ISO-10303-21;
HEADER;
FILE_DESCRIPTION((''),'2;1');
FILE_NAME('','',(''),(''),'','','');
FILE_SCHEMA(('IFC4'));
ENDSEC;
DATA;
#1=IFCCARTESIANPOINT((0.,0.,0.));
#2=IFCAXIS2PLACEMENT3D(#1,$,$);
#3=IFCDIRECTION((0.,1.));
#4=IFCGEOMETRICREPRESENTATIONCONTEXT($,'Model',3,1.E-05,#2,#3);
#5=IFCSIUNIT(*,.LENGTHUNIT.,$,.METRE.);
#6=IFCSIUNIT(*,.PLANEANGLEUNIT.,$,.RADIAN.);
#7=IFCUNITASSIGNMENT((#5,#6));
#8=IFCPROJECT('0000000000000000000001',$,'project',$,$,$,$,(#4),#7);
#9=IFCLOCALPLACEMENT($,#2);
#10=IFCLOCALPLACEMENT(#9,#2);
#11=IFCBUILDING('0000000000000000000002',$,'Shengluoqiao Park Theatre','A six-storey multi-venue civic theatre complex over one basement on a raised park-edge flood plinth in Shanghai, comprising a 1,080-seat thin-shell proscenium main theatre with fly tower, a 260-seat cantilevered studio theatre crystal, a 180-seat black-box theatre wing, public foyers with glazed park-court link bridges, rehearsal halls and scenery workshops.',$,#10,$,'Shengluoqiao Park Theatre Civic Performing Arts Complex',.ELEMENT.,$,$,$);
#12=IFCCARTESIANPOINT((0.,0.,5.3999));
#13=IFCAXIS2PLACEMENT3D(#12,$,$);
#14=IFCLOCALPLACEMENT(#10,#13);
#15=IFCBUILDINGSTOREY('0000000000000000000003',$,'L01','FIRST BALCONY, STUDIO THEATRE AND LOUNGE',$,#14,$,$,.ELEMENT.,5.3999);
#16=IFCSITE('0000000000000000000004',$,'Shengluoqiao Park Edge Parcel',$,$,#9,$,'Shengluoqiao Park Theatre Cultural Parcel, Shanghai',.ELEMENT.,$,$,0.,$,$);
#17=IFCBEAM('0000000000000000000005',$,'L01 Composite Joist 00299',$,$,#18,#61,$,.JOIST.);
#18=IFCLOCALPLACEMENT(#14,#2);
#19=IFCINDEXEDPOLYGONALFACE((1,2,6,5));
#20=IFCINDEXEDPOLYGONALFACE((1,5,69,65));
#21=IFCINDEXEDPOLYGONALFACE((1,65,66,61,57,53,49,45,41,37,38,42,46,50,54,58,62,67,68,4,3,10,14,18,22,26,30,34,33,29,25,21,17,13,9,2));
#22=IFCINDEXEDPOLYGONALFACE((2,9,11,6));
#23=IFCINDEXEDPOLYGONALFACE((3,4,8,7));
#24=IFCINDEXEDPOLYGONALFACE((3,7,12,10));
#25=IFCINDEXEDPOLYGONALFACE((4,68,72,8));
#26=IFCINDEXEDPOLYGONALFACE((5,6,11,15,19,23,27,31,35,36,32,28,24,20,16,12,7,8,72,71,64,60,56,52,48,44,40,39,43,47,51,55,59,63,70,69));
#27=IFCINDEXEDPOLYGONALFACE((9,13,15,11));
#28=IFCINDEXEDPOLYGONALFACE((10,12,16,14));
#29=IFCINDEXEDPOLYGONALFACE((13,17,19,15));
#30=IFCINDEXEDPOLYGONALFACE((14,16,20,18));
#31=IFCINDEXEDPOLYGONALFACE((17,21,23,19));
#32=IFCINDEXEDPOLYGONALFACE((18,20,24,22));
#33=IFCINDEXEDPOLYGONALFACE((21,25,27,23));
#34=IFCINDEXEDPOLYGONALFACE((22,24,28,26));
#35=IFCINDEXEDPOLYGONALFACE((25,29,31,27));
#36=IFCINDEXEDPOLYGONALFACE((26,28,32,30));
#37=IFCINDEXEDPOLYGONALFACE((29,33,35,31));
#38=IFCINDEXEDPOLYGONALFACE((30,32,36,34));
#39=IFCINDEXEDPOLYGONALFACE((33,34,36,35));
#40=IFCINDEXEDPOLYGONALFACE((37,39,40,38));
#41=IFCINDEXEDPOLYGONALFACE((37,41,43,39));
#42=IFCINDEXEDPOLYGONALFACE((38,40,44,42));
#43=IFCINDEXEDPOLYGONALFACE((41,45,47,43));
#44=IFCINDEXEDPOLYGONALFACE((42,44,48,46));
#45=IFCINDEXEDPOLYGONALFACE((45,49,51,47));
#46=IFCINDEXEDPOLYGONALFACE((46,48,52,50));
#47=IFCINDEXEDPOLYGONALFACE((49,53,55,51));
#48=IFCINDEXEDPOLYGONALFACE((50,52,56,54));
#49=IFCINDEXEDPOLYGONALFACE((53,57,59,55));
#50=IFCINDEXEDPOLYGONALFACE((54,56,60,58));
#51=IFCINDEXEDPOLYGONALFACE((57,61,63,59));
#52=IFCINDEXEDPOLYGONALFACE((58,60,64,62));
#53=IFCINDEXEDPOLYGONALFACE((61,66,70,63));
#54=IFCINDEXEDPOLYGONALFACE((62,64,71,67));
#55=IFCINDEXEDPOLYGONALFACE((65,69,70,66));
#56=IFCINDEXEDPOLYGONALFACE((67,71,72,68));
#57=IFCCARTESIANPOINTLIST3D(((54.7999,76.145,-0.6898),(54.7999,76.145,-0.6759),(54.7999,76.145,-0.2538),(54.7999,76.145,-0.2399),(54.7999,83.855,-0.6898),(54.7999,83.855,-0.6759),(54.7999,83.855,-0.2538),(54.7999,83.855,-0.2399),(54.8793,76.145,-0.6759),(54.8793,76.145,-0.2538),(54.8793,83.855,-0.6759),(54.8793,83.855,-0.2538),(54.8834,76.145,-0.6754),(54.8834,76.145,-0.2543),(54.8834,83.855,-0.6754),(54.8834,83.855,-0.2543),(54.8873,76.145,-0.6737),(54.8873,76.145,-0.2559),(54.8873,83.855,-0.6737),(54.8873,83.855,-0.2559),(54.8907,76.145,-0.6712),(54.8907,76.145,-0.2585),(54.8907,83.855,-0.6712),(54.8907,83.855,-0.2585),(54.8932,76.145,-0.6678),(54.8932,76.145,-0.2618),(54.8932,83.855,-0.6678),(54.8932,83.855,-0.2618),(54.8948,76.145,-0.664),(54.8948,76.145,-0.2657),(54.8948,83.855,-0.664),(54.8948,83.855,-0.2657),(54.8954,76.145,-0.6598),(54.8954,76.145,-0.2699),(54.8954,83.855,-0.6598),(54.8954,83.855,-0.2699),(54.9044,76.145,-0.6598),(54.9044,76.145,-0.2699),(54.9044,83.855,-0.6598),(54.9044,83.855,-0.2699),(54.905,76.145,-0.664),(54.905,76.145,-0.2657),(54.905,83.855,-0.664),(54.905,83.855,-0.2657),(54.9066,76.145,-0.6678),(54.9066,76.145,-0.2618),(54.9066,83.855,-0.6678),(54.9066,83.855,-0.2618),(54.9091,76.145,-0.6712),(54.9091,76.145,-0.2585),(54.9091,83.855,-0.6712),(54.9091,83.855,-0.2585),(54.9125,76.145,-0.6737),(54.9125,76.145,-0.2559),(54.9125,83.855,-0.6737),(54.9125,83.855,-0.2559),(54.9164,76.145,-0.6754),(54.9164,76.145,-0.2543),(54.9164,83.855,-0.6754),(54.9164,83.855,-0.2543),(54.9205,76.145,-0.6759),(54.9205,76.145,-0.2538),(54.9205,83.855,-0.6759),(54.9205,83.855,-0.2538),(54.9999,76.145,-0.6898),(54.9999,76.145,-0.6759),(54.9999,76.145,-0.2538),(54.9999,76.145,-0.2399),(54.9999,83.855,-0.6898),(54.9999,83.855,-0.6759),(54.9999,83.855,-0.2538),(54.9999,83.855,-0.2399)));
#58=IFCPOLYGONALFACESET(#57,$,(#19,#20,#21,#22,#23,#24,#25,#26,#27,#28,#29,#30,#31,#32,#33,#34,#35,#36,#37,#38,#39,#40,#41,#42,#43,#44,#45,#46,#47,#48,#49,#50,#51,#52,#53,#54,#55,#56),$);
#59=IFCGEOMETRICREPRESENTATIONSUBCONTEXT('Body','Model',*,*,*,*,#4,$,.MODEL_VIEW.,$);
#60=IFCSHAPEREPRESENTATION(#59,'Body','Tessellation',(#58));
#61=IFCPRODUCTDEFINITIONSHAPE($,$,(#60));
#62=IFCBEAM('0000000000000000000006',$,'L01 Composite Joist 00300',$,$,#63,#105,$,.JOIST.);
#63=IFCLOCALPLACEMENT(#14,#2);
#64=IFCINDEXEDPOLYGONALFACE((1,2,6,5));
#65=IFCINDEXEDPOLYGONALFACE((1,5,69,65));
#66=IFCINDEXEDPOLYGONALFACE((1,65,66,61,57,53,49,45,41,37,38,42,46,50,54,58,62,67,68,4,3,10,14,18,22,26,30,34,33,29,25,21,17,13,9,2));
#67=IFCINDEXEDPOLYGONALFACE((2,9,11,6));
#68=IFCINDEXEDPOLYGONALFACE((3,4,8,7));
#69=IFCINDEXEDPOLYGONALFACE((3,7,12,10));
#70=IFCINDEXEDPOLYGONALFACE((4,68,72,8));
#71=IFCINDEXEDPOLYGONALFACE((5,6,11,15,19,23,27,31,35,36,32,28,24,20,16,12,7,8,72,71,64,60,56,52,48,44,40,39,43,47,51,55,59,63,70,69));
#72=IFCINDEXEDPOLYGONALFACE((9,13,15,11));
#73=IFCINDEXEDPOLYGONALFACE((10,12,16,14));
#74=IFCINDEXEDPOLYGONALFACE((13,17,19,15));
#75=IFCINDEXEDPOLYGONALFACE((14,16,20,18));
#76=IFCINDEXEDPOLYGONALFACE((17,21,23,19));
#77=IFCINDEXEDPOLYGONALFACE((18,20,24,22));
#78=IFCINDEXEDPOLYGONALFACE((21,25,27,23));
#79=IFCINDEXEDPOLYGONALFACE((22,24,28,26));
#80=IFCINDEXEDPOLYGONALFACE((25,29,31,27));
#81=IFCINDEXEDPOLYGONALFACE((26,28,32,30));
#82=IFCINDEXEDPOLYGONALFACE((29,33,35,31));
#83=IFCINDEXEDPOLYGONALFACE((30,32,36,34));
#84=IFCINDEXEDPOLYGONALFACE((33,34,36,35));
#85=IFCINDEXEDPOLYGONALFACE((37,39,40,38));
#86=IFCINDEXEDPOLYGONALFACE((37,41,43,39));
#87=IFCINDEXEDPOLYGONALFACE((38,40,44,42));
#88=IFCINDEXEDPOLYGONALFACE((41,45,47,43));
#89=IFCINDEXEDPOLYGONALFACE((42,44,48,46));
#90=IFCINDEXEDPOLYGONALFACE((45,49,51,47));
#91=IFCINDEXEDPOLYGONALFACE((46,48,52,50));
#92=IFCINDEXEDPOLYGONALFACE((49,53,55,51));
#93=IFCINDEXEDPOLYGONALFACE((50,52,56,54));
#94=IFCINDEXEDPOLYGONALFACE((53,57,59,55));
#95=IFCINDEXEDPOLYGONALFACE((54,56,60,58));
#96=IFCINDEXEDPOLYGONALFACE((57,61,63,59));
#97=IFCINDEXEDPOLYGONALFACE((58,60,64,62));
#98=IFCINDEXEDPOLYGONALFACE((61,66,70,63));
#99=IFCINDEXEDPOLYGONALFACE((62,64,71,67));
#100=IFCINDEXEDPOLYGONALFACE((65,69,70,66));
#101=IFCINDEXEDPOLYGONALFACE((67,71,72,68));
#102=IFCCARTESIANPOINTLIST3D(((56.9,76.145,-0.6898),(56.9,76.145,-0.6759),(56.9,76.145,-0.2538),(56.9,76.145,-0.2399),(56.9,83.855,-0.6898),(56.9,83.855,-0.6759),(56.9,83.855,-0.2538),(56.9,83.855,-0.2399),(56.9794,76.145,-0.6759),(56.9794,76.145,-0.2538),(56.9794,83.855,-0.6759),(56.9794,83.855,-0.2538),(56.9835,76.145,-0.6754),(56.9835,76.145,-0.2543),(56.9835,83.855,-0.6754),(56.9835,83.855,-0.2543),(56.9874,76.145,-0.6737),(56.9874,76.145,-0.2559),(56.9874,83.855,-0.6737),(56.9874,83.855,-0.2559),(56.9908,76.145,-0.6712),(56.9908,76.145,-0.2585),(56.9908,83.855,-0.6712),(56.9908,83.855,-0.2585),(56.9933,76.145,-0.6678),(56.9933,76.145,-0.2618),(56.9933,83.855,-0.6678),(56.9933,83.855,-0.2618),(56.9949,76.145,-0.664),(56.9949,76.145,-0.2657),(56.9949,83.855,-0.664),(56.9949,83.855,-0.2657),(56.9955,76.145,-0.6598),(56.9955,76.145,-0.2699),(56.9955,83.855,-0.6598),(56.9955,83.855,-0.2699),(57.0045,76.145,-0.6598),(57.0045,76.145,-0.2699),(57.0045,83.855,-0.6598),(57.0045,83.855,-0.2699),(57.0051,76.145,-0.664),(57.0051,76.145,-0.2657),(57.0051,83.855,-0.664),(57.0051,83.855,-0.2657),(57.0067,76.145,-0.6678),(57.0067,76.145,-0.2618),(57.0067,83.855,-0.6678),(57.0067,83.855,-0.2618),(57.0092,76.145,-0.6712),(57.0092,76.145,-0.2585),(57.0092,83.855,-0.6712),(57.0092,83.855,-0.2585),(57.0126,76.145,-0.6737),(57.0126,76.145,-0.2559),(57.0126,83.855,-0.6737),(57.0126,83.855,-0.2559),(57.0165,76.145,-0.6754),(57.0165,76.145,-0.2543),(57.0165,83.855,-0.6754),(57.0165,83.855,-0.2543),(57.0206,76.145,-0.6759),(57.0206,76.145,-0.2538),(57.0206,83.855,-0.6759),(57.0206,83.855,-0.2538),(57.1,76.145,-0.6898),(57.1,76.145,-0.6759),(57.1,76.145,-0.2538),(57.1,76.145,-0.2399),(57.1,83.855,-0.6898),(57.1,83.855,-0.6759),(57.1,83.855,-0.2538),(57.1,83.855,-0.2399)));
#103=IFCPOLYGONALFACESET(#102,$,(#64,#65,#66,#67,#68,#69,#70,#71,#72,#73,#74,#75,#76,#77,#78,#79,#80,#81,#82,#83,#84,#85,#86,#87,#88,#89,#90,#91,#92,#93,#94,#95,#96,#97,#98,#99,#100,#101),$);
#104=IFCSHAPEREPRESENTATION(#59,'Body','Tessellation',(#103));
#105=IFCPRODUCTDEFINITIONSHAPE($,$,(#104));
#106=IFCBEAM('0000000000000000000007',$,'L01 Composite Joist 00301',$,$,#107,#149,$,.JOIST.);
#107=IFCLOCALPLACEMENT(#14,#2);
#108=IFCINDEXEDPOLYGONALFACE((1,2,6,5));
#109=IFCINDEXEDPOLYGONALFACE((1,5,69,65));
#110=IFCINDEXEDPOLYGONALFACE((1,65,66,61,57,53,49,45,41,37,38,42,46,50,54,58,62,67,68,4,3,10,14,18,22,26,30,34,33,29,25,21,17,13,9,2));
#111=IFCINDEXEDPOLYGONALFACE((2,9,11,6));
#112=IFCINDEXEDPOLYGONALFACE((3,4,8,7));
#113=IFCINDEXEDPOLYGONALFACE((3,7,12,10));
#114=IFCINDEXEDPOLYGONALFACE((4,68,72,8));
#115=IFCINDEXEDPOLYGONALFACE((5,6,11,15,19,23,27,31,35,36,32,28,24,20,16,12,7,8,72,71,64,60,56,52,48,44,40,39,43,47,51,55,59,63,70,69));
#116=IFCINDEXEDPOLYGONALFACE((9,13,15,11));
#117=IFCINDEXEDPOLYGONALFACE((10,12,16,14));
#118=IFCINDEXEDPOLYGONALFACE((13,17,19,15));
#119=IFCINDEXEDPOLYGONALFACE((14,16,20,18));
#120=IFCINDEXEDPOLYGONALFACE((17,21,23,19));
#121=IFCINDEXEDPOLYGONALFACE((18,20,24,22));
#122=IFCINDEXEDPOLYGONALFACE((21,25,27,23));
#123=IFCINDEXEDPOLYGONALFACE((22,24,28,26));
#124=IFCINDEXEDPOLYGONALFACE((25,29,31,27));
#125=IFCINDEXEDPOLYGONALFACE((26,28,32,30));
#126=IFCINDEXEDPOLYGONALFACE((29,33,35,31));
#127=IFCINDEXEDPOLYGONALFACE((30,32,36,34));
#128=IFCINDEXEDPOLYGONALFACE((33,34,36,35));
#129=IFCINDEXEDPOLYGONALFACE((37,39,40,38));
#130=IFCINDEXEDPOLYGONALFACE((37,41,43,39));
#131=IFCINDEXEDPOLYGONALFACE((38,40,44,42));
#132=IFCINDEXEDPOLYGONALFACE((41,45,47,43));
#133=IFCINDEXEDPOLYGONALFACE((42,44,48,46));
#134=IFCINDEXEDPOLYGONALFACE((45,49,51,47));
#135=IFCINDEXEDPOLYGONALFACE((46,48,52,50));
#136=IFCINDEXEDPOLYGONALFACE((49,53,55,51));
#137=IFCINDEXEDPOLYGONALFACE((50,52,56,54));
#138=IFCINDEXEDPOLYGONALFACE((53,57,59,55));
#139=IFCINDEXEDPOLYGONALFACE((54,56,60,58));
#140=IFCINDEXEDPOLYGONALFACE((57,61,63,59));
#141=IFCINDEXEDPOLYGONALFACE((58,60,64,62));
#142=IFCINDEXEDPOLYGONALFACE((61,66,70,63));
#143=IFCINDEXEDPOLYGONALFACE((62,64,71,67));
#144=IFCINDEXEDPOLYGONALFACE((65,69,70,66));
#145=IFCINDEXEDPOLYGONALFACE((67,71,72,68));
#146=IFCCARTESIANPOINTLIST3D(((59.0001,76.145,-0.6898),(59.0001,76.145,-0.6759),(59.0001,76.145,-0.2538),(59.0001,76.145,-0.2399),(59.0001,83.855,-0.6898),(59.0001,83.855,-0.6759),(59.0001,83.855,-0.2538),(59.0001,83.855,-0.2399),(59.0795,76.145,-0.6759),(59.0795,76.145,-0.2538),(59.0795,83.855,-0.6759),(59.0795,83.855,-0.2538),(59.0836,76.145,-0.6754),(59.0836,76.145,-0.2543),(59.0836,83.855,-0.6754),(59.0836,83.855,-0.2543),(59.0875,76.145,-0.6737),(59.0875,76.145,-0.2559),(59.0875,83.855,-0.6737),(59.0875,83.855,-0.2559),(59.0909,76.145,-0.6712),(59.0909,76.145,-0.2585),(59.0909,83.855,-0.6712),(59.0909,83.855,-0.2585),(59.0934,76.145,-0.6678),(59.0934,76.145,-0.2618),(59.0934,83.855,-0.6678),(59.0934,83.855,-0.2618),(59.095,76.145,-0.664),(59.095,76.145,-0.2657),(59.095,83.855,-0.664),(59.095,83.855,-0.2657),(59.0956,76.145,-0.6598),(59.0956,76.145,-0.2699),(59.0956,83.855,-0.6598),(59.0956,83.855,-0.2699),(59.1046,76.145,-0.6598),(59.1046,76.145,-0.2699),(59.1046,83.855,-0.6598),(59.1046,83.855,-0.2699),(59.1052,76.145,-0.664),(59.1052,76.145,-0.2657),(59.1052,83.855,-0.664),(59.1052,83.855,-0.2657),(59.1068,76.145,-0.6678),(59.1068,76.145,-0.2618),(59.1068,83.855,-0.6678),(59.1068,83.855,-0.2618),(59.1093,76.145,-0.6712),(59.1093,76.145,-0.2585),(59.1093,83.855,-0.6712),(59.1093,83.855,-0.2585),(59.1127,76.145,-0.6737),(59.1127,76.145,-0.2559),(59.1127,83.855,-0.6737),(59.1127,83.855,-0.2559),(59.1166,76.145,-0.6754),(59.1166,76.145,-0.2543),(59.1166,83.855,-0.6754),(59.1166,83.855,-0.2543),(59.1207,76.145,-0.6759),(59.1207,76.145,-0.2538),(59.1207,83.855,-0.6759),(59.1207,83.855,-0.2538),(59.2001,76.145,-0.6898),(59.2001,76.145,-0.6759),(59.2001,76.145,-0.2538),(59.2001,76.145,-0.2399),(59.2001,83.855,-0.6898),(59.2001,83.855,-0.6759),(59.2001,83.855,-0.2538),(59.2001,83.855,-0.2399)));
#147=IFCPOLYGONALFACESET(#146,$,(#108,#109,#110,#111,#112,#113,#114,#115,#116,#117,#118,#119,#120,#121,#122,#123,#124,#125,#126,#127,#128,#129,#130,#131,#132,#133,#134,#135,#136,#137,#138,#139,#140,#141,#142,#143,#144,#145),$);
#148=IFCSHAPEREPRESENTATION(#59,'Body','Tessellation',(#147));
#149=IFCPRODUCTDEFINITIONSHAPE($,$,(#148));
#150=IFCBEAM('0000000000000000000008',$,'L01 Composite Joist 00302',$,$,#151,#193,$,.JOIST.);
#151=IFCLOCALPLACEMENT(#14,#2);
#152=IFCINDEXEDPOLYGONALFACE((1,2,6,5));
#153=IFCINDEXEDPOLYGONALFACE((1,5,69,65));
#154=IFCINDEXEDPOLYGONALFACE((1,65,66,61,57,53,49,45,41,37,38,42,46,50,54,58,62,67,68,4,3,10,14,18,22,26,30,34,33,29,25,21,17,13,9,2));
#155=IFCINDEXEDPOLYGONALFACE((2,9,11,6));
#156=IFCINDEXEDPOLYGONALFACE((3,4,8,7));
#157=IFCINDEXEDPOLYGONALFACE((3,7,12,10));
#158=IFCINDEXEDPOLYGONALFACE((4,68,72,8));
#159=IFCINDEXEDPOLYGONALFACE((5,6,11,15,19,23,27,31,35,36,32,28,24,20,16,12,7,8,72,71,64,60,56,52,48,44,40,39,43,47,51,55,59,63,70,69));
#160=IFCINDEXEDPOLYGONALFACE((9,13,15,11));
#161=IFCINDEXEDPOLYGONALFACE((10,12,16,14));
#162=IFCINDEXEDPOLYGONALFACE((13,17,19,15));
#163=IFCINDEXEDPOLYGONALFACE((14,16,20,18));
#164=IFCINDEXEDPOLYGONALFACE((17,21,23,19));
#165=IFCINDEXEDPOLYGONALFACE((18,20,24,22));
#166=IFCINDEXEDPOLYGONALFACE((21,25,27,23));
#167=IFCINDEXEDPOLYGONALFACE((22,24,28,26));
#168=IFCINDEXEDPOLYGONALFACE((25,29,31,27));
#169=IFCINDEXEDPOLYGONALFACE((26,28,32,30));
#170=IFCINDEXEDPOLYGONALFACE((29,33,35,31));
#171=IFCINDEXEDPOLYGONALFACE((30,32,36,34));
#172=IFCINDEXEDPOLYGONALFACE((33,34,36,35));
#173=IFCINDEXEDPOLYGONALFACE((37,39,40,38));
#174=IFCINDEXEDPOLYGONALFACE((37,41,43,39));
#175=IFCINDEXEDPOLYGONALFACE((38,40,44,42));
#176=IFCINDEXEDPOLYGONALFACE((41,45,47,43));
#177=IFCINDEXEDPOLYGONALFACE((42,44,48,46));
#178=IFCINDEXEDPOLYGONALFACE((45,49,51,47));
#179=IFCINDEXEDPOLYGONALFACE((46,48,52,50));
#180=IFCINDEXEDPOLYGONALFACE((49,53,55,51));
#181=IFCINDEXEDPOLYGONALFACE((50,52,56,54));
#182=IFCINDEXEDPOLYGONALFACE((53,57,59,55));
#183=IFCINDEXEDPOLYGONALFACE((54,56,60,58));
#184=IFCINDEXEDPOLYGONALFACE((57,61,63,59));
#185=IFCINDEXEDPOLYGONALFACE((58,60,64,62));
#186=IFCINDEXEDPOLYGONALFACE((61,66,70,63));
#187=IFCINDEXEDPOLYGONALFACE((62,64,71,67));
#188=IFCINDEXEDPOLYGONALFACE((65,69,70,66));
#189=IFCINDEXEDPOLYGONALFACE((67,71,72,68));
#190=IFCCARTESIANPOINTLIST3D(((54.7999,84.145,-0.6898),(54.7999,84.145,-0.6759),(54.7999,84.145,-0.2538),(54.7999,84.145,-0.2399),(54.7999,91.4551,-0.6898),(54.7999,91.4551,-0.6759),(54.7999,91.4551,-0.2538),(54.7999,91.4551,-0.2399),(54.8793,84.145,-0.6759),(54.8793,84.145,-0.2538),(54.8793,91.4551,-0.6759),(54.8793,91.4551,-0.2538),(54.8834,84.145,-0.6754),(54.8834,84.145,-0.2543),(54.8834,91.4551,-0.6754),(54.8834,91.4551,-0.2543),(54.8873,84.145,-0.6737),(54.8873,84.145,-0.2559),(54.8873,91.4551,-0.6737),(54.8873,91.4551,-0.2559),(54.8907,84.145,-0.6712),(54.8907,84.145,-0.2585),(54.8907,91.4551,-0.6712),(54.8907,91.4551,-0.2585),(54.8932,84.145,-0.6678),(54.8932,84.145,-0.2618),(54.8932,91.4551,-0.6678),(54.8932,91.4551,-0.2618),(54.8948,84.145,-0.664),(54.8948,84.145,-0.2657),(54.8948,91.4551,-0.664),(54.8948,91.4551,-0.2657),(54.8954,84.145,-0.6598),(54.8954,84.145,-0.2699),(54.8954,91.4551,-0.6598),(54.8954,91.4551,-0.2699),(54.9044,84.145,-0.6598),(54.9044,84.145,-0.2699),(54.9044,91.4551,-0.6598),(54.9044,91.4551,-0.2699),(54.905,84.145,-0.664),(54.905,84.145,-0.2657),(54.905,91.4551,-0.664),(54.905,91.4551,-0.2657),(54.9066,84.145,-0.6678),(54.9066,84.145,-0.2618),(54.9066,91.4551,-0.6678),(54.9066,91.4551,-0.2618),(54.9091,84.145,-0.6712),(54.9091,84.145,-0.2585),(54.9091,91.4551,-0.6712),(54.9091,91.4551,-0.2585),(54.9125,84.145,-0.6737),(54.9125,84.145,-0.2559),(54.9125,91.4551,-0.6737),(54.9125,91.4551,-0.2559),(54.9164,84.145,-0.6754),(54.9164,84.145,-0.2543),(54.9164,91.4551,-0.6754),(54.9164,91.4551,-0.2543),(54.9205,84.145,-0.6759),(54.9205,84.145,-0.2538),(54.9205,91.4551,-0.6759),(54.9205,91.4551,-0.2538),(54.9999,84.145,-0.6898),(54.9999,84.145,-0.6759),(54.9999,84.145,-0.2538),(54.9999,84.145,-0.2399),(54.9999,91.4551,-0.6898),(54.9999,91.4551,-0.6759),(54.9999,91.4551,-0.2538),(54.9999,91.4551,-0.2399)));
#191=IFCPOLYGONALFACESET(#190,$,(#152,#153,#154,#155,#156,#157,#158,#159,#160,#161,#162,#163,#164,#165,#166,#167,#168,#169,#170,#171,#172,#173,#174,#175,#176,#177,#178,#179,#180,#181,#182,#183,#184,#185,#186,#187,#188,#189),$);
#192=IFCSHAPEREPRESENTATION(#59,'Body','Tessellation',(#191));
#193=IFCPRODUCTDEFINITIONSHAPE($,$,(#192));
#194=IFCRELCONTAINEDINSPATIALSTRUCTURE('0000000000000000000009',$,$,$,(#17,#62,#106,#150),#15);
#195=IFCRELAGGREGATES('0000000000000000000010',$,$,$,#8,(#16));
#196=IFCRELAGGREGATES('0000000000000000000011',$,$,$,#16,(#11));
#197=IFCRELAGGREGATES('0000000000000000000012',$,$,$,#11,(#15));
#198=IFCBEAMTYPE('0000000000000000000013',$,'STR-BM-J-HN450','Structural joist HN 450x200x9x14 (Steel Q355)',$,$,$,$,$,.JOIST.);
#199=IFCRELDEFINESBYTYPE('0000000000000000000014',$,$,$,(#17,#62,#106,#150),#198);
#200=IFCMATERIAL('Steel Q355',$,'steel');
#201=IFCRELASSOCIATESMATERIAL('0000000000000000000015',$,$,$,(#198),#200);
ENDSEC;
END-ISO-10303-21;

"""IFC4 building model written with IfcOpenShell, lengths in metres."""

from ifc_helpers import new_model, si_unit, direction, frame, origin, origin_2d, place, context, subcontext, project, spatial, i_section, extrude, material, material_profile, profile_set, type_object, element, save


model = new_model("IFC4")

# Units and contexts
model_context = context("Model", 3, precision=1e-05, world=origin(), true_north=direction((0.0, 1.0)))
body_context = subcontext(model_context, "Body", "Model", "MODEL_VIEW")
ifc_project = project(units=[si_unit("LENGTHUNIT", "METRE"), si_unit("PLANEANGLEUNIT", "RADIAN")], contexts=[model_context])

# Site, building, storey
site_placement = place(None, origin())
site = spatial("IfcSite", under=ifc_project, at=site_placement, Name="Shengluoqiao Park Edge Parcel", LongName="Shengluoqiao Park Theatre Cultural Parcel, Shanghai", CompositionType="ELEMENT", RefElevation=0.0)
building_placement = place(site_placement, origin())
building = spatial("IfcBuilding", under=site, at=building_placement, Name="Shengluoqiao Park Theatre", Description="A six-storey multi-venue civic theatre complex over one basement on a raised park-edge flood plinth in Shanghai, comprising a 1,080-seat thin-shell proscenium main theatre with fly tower, a 260-seat cantilevered studio theatre crystal, a 180-seat black-box theatre wing, public foyers with glazed park-court link bridges, rehearsal halls and scenery workshops.", LongName="Shengluoqiao Park Theatre Civic Performing Arts Complex", CompositionType="ELEMENT")
storey_placement = place(building_placement, frame((0.0, 0.0, 5.3999)))
storey = spatial("IfcBuildingStorey", under=building, at=storey_placement, Name="L01", Description="FIRST BALCONY, STUDIO THEATRE AND LOUNGE", CompositionType="ELEMENT", Elevation=5.3999)

# Beams
ifc_material_1 = material(Name="Steel Q355", Category="steel")
ifc_material_profile_1 = material_profile(ifc_material_1, i_section(OverallWidth=0.2, OverallDepth=0.45, WebThickness=0.009, FlangeThickness=0.0139, FilletRadius=0.0161, at=origin_2d()), Name="HN 450x200x9x14")
ifc_profile_set_1 = profile_set([ifc_material_profile_1], Name="Steel Q355")
beam_type_1 = type_object("IfcBeamType", Name="STR-BM-J-HN450", Description="Structural joist HN 450x200x9x14 (Steel Q355)", PredefinedType="JOIST", material=ifc_profile_set_1)
for number, where, z_axis, x_axis, name in (
    (1, (54.8999, 76.145, -0.4648), (0.0, 1.0, 0.0), (-1.0, 0.0, 0.0), "L01 Composite Joist 00299"),
    (2, (57.0, 76.145, -0.4648), (0.0, 1.0, 0.0), (-1.0, 0.0, 0.0), "L01 Composite Joist 00300"),
    (3, (59.1001, 76.145, -0.4648), (0.0, 1.0, 0.0), (-1.0, 0.0, 0.0), "L01 Composite Joist 00301"),
):
    element("IfcBeam", number, at=place(storey_placement, frame(where, z_axis=z_axis, x_axis=x_axis)), inside=storey, type_object=beam_type_1, Name=name, PredefinedType="JOIST", context=body_context, shape_type="SweptSolid", body=[
        extrude(i_section(OverallWidth=0.2, OverallDepth=0.45, WebThickness=0.009, FlangeThickness=0.0139, FilletRadius=0.0161, at=origin_2d()), origin(), (0.0, 0.0, 1.0), 7.71),
    ])
for number, where, z_axis, x_axis, name in (
    (4, (54.8999, 84.145, -0.4648), (0.0, 1.0, 0.0), (-1.0, 0.0, 0.0), "L01 Composite Joist 00302"),
):
    element("IfcBeam", number, at=place(storey_placement, frame(where, z_axis=z_axis, x_axis=x_axis)), inside=storey, type_object=beam_type_1, Name=name, PredefinedType="JOIST", context=body_context, shape_type="SweptSolid", body=[
        extrude(i_section(OverallWidth=0.2, OverallDepth=0.45, WebThickness=0.009, FlangeThickness=0.0139, FilletRadius=0.0161, at=origin_2d()), origin(), (0.0, 0.0, 1.0), 7.3101),
    ])

save(model, "model.ifc")
